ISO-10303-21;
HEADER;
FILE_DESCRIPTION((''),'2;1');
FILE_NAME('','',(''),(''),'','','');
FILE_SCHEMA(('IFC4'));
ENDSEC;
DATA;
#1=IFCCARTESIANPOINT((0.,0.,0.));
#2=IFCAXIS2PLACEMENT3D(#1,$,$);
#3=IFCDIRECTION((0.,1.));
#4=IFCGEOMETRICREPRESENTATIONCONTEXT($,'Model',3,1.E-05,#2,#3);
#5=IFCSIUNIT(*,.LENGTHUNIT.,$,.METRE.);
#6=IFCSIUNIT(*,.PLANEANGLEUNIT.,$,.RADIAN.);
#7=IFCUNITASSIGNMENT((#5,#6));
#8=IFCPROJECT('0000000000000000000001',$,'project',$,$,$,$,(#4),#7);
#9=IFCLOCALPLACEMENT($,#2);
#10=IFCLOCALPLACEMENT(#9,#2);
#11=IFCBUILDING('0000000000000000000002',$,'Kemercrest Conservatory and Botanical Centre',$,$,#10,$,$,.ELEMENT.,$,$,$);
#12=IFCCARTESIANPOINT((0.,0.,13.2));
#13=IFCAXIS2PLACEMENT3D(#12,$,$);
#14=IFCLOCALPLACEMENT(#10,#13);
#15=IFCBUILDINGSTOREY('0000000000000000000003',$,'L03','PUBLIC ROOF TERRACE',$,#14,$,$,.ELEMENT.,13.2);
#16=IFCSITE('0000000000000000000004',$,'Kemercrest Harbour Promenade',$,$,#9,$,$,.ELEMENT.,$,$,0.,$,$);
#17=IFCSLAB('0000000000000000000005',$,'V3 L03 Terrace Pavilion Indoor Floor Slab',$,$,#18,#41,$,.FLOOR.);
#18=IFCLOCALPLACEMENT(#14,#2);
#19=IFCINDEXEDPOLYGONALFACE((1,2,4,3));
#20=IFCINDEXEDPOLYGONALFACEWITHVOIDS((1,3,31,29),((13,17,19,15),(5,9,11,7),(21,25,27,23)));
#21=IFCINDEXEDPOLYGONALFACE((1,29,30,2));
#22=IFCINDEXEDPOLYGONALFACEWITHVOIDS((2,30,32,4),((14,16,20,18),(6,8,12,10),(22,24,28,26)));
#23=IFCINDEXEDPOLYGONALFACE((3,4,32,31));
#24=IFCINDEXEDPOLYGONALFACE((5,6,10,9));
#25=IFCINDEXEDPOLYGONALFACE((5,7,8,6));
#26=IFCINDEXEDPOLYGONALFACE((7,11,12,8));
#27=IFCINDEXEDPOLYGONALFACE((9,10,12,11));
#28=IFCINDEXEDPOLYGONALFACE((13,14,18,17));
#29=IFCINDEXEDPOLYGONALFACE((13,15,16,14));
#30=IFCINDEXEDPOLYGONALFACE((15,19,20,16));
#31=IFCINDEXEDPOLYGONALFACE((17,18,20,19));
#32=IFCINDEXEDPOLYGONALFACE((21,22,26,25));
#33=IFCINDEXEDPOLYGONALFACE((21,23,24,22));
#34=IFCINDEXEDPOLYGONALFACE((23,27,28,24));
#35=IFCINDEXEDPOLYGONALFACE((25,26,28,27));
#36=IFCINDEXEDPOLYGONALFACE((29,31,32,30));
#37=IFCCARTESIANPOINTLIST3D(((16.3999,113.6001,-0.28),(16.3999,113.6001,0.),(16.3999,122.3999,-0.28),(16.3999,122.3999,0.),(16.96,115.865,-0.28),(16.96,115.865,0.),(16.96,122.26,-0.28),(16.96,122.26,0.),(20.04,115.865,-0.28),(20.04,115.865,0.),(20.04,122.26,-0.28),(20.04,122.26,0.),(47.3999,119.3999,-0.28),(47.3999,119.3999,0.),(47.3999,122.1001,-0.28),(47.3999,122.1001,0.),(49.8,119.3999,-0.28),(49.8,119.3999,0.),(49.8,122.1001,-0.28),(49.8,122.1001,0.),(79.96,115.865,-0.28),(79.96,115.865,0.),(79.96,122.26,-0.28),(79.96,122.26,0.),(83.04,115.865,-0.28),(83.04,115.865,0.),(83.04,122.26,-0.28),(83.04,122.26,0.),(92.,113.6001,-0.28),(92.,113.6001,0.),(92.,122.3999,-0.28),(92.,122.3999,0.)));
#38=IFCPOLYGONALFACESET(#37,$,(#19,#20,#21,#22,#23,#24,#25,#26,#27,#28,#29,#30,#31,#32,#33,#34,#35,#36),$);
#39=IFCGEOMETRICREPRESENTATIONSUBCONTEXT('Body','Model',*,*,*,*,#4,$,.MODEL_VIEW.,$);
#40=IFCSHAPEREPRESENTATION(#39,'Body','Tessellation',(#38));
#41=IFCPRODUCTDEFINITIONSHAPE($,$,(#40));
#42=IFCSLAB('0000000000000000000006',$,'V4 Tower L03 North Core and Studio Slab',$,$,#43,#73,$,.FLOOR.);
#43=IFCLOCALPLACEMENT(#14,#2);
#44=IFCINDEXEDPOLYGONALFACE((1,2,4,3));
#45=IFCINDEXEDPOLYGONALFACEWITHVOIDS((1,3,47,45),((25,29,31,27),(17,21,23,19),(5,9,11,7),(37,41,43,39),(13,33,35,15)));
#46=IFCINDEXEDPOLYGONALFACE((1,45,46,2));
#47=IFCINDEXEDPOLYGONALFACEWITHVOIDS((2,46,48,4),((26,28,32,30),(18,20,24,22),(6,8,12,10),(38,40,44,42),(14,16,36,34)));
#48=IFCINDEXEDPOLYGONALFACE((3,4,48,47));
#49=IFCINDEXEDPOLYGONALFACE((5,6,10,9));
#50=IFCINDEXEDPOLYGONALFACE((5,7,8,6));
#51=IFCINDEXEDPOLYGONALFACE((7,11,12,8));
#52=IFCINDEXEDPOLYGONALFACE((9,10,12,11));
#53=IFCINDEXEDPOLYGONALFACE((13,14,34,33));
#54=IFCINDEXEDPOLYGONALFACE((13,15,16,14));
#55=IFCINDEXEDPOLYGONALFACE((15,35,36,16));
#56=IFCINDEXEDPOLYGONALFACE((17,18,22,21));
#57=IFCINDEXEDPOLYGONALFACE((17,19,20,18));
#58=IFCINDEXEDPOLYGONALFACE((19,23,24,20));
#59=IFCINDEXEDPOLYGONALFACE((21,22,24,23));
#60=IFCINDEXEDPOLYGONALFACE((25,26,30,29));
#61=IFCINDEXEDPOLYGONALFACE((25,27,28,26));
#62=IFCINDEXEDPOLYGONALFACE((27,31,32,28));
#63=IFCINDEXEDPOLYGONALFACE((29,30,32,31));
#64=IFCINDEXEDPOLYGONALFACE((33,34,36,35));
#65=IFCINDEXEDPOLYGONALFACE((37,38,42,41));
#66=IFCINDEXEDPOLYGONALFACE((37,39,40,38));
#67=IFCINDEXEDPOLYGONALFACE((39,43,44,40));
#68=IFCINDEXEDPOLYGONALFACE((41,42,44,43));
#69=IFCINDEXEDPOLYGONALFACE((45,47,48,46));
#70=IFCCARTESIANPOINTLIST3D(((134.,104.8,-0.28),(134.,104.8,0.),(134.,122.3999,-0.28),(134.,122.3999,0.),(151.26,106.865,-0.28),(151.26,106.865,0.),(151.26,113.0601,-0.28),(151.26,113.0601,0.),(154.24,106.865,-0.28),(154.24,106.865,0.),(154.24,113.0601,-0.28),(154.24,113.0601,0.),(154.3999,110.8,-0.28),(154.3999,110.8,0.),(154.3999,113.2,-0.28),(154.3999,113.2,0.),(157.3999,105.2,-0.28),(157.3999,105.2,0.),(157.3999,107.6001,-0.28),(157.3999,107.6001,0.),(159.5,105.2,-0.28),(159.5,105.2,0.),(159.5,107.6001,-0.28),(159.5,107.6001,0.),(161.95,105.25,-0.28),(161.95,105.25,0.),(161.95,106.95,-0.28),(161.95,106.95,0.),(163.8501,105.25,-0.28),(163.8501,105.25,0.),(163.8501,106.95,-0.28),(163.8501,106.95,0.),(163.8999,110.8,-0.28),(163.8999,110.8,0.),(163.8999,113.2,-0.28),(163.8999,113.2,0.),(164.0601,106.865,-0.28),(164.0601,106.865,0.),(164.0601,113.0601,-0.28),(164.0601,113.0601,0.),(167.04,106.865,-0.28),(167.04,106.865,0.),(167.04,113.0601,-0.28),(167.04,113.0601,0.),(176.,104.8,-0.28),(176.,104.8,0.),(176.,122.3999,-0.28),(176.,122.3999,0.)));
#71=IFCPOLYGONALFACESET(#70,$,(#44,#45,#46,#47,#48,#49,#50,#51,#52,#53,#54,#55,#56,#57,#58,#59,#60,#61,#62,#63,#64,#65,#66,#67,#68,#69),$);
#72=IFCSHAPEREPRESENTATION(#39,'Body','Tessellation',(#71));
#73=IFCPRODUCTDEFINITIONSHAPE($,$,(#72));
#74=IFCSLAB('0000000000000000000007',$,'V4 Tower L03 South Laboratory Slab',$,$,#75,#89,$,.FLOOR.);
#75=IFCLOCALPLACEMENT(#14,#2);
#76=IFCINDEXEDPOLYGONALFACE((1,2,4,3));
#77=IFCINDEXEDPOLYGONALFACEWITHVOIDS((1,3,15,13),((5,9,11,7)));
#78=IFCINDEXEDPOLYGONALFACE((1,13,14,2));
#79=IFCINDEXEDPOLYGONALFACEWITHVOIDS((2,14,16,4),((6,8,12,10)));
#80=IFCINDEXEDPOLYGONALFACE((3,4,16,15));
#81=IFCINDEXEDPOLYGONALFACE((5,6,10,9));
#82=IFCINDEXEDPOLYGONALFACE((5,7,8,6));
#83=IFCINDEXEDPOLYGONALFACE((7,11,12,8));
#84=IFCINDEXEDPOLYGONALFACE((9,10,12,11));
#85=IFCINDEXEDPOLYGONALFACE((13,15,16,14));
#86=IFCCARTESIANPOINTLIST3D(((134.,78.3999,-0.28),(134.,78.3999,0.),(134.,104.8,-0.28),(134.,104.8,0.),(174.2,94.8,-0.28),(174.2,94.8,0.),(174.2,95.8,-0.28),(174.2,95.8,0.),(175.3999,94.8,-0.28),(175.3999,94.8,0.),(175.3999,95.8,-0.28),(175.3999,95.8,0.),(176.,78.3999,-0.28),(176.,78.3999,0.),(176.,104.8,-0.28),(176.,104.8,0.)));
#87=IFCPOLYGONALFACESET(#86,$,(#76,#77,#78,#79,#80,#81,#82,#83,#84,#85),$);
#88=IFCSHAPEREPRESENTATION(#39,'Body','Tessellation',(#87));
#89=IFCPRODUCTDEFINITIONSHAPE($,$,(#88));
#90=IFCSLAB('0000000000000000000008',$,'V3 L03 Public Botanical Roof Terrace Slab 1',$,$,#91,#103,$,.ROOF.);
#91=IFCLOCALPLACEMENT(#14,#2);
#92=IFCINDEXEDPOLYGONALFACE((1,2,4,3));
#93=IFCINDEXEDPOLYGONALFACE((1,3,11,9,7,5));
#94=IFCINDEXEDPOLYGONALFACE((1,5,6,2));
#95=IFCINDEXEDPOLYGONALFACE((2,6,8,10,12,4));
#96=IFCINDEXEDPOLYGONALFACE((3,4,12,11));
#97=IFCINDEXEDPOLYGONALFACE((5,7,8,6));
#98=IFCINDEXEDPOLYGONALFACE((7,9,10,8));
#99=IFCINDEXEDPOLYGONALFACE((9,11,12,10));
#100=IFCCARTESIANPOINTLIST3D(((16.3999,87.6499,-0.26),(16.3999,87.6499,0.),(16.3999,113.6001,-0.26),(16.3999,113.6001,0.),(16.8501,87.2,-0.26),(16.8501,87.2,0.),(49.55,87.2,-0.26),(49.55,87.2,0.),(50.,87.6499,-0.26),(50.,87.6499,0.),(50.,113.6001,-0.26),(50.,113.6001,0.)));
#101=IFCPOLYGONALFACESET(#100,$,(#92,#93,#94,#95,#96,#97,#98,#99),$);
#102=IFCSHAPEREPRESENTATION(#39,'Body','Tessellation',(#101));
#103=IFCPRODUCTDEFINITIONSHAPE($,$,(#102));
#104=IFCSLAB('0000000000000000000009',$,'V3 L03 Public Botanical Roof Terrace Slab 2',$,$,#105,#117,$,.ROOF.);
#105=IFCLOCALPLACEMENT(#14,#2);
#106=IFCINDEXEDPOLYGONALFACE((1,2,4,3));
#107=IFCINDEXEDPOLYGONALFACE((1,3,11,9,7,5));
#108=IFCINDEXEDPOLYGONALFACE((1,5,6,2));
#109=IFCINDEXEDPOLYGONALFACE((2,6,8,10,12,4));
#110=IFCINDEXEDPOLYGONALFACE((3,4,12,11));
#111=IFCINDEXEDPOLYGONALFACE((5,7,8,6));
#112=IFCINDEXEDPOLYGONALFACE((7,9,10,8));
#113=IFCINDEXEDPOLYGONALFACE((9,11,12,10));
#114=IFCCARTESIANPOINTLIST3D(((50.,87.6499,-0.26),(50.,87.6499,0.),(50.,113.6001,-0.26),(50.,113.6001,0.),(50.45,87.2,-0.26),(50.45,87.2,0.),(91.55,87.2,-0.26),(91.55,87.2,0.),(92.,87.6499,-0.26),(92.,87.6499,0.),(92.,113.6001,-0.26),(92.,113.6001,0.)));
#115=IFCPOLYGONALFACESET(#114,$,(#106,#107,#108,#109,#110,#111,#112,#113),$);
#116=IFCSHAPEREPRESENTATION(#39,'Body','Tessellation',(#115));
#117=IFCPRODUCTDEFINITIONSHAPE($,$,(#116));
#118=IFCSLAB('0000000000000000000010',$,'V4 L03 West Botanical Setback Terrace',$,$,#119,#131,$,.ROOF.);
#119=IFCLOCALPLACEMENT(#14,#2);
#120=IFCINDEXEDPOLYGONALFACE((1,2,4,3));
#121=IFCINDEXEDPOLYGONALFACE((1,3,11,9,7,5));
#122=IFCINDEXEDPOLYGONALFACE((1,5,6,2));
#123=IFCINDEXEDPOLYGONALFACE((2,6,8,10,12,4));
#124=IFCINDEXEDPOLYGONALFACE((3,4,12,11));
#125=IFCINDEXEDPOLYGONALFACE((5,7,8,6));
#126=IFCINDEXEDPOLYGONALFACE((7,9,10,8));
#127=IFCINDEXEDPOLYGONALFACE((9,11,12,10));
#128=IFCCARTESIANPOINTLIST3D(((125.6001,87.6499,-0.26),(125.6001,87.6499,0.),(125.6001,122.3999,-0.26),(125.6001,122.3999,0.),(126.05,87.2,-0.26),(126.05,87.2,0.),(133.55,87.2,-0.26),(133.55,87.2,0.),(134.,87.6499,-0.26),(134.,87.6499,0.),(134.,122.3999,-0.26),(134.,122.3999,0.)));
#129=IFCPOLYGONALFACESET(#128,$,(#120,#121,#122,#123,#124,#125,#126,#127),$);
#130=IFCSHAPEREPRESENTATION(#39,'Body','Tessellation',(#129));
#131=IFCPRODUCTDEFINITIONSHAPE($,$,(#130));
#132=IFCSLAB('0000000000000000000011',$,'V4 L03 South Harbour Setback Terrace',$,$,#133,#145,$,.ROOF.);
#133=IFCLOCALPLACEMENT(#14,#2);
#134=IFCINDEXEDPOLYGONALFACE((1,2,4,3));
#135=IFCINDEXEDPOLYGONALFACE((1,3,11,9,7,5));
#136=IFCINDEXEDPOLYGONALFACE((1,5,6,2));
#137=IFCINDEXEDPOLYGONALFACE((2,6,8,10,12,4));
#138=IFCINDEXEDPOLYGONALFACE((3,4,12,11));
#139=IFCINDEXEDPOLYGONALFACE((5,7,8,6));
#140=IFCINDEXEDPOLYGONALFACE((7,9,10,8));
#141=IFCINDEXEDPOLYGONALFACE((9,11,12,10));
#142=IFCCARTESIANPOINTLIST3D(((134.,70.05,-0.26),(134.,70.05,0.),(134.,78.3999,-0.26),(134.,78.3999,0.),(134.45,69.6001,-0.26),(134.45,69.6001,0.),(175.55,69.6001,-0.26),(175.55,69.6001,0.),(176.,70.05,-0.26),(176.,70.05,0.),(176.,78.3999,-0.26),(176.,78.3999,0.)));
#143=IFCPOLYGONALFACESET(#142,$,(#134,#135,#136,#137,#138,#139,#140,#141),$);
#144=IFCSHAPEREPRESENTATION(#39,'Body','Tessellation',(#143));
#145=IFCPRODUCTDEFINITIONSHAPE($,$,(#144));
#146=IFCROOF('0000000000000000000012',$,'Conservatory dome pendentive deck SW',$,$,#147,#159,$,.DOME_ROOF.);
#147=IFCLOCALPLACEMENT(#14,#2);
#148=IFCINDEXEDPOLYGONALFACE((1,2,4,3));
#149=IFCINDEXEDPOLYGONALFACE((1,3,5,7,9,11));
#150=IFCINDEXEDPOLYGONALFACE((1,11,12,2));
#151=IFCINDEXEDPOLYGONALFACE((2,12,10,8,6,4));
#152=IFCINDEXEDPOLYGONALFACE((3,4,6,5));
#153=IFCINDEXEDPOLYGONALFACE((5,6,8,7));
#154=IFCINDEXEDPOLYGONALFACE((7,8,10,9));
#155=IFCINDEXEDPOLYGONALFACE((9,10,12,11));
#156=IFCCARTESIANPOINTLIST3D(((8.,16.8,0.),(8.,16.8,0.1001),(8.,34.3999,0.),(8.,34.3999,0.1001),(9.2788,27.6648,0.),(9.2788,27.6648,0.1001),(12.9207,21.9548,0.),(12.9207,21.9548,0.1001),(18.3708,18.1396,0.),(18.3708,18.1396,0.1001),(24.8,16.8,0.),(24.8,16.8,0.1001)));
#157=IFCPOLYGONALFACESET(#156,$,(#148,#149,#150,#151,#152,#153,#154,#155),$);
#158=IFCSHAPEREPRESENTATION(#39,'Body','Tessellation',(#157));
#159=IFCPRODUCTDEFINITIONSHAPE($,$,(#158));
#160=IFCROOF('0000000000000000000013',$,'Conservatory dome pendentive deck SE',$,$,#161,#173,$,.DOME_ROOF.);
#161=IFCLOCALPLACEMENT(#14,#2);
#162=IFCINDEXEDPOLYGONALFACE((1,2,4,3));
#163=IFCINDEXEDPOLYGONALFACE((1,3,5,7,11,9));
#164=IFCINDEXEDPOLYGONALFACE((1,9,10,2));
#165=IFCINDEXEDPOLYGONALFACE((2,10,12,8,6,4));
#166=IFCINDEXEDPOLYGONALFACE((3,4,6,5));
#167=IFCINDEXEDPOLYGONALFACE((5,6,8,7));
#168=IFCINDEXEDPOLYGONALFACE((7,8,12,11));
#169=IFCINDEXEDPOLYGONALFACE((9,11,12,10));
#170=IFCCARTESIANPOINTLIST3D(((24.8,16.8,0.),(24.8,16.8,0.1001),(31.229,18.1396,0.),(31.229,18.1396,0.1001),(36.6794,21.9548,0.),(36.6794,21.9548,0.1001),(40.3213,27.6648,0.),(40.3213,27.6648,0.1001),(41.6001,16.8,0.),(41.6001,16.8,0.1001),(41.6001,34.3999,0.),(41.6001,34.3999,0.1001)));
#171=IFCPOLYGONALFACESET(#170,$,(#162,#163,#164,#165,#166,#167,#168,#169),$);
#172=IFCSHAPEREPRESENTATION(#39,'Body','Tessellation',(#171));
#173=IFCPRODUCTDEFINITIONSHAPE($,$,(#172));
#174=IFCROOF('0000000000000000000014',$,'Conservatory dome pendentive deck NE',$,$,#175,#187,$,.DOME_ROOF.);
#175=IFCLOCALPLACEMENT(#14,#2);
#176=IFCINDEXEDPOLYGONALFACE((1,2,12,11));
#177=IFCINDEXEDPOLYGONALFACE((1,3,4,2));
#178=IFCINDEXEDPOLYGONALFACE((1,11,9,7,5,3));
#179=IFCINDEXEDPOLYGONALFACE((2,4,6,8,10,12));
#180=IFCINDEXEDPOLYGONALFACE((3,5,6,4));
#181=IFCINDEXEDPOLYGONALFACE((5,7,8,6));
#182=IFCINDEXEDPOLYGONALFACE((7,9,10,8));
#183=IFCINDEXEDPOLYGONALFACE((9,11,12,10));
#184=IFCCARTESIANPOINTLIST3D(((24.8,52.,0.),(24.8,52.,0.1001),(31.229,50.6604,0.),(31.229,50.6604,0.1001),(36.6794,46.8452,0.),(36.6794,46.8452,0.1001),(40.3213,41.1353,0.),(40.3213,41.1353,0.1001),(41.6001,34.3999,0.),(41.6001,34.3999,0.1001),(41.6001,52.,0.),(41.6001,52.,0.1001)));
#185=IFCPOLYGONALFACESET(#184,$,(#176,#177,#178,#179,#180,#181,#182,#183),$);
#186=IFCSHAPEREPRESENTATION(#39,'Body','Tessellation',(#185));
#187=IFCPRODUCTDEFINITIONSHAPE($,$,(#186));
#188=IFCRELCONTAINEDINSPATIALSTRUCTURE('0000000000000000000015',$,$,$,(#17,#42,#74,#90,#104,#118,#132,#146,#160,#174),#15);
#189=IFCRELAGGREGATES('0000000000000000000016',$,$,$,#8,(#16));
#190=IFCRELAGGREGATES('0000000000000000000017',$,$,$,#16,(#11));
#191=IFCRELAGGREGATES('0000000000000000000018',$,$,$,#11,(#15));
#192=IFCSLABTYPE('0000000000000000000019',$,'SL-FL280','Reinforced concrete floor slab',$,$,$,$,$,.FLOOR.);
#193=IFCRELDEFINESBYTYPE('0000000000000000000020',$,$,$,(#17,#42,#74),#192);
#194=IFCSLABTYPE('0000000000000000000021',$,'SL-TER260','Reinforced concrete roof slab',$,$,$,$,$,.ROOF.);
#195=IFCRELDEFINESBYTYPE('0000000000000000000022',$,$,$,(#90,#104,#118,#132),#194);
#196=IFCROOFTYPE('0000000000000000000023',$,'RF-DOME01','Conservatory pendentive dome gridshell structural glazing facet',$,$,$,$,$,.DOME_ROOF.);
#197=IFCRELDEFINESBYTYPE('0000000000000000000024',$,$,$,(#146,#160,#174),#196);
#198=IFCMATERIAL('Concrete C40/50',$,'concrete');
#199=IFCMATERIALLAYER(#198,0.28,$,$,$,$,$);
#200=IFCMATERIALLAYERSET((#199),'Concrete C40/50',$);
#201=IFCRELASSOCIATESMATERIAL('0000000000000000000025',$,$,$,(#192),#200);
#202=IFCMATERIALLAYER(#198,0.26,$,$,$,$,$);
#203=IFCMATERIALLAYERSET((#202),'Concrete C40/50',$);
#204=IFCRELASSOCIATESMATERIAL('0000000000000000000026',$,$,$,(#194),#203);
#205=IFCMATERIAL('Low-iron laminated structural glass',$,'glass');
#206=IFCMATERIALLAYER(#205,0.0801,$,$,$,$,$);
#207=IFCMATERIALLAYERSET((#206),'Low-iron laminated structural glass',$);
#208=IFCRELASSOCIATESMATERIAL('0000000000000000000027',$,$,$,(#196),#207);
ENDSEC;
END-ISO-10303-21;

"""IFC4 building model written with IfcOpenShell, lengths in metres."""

from ifc_helpers import new_model, si_unit, direction, frame, origin, place, context, subcontext, project, spatial, polyline, outline, extrude, material, layer, layer_set, type_object, element, save


model = new_model("IFC4")

# Units and contexts
model_context = context("Model", 3, precision=1e-05, world=origin(), true_north=direction((0.0, 1.0)))
body_context = subcontext(model_context, "Body", "Model", "MODEL_VIEW")
ifc_project = project(units=[si_unit("LENGTHUNIT", "METRE"), si_unit("PLANEANGLEUNIT", "RADIAN")], contexts=[model_context])

# Site, building, storey
site_placement = place(None, origin())
site = spatial("IfcSite", under=ifc_project, at=site_placement, Name="Kemercrest Harbour Promenade", CompositionType="ELEMENT", RefElevation=0.0)
building_placement = place(site_placement, origin())
building = spatial("IfcBuilding", under=site, at=building_placement, Name="Kemercrest Conservatory and Botanical Centre", CompositionType="ELEMENT")
storey_placement = place(building_placement, frame((0.0, 0.0, 13.2)))
storey = spatial("IfcBuildingStorey", under=building, at=storey_placement, Name="L03", Description="PUBLIC ROOF TERRACE", CompositionType="ELEMENT", Elevation=13.2)

# Slabs
ifc_material_1 = material(Name="Concrete C40/50", Category="concrete")
ifc_layer_1 = layer(ifc_material_1, 0.28)
ifc_layer_set_1 = layer_set([ifc_layer_1], Name="Concrete C40/50")
slab_type_1 = type_object("IfcSlabType", Name="SL-FL280", Description="Reinforced concrete floor slab", PredefinedType="FLOOR", material=ifc_layer_set_1)
slab_1_placement = place(storey_placement, frame((0.0, 0.0, -0.28)))
element("IfcSlab", 1, at=slab_1_placement, inside=storey, type_object=slab_type_1, Name="V3 L03 Terrace Pavilion Indoor Floor Slab", PredefinedType="FLOOR", context=body_context, shape_type="SweptSolid", body=[
    extrude(outline(polyline([(16.3999, 122.3999), (16.3999, 113.6001), (92.0, 113.6001), (92.0, 122.3999), (16.3999, 122.3999)]), holes=[polyline([(83.04, 122.26), (83.04, 115.865), (79.96, 115.865), (79.96, 122.26), (83.04, 122.26)]), polyline([(49.8, 119.3999), (47.3999, 119.3999), (47.3999, 122.1001), (49.8, 122.1001), (49.8, 119.3999)]), polyline([(16.96, 115.865), (16.96, 122.26), (20.04, 122.26), (20.04, 115.865), (16.96, 115.865)])]), origin(), (0.0, 0.0, 1.0), 0.28),
])
slab_2_placement = place(storey_placement, frame((0.0, 0.0, -0.28)))
element("IfcSlab", 2, at=slab_2_placement, inside=storey, type_object=slab_type_1, Name="V4 Tower L03 North Core and Studio Slab", PredefinedType="FLOOR", context=body_context, shape_type="SweptSolid", body=[
    extrude(outline(polyline([(134.0, 122.3999), (134.0, 104.8), (176.0, 104.8), (176.0, 122.3999), (134.0, 122.3999)]), holes=[polyline([(164.0601, 106.865), (164.0601, 113.0601), (167.04, 113.0601), (167.04, 106.865), (164.0601, 106.865)]), polyline([(154.3999, 110.8), (154.3999, 113.2), (163.8999, 113.2), (163.8999, 110.8), (154.3999, 110.8)]), polyline([(161.95, 105.25), (161.95, 106.95), (163.8501, 106.95), (163.8501, 105.25), (161.95, 105.25)]), polyline([(157.3999, 105.2), (157.3999, 107.6001), (159.5, 107.6001), (159.5, 105.2), (157.3999, 105.2)]), polyline([(154.24, 106.865), (151.26, 106.865), (151.26, 113.0601), (154.24, 113.0601), (154.24, 106.865)])]), origin(), (0.0, 0.0, 1.0), 0.28),
])
slab_3_placement = place(storey_placement, frame((0.0, 0.0, -0.28)))
element("IfcSlab", 3, at=slab_3_placement, inside=storey, type_object=slab_type_1, Name="V4 Tower L03 South Laboratory Slab", PredefinedType="FLOOR", context=body_context, shape_type="SweptSolid", body=[
    extrude(outline(polyline([(134.0, 104.8), (134.0, 78.3999), (176.0, 78.3999), (176.0, 104.8), (134.0, 104.8)]), holes=[polyline([(175.3999, 94.8), (174.2, 94.8), (174.2, 95.8), (175.3999, 95.8), (175.3999, 94.8)])]), origin(), (0.0, 0.0, 1.0), 0.28),
])
ifc_layer_2 = layer(ifc_material_1, 0.26)
ifc_layer_set_2 = layer_set([ifc_layer_2], Name="Concrete C40/50")
slab_type_2 = type_object("IfcSlabType", Name="SL-TER260", Description="Reinforced concrete roof slab", PredefinedType="ROOF", material=ifc_layer_set_2)
slab_4_placement = place(storey_placement, frame((0.0, 0.0, -0.26)))
element("IfcSlab", 4, at=slab_4_placement, inside=storey, type_object=slab_type_2, Name="V3 L03 Public Botanical Roof Terrace Slab 1", PredefinedType="ROOF", context=body_context, shape_type="SweptSolid", body=[
    extrude(outline(polyline([(16.8501, 87.2), (49.55, 87.2), (50.0, 87.6499), (50.0, 113.6001), (16.3999, 113.6001), (16.3999, 87.6499), (16.8501, 87.2)])), origin(), (0.0, 0.0, 1.0), 0.26),
])
slab_5_placement = place(storey_placement, frame((0.0, 0.0, -0.26)))
element("IfcSlab", 5, at=slab_5_placement, inside=storey, type_object=slab_type_2, Name="V3 L03 Public Botanical Roof Terrace Slab 2", PredefinedType="ROOF", context=body_context, shape_type="SweptSolid", body=[
    extrude(outline(polyline([(50.45, 87.2), (91.55, 87.2), (92.0, 87.6499), (92.0, 113.6001), (50.0, 113.6001), (50.0, 87.6499), (50.45, 87.2)])), origin(), (0.0, 0.0, 1.0), 0.26),
])
slab_6_placement = place(storey_placement, frame((0.0, 0.0, -0.26)))
element("IfcSlab", 6, at=slab_6_placement, inside=storey, type_object=slab_type_2, Name="V4 L03 West Botanical Setback Terrace", PredefinedType="ROOF", context=body_context, shape_type="SweptSolid", body=[
    extrude(outline(polyline([(126.05, 87.2), (133.55, 87.2), (134.0, 87.6499), (134.0, 122.3999), (125.6001, 122.3999), (125.6001, 87.6499), (126.05, 87.2)])), origin(), (0.0, 0.0, 1.0), 0.26),
])
slab_7_placement = place(storey_placement, frame((0.0, 0.0, -0.26)))
element("IfcSlab", 7, at=slab_7_placement, inside=storey, type_object=slab_type_2, Name="V4 L03 South Harbour Setback Terrace", PredefinedType="ROOF", context=body_context, shape_type="SweptSolid", body=[
    extrude(outline(polyline([(134.45, 69.6001), (175.55, 69.6001), (176.0, 70.05), (176.0, 78.3999), (134.0, 78.3999), (134.0, 70.05), (134.45, 69.6001)])), origin(), (0.0, 0.0, 1.0), 0.26),
])

# Roofs
ifc_material_2 = material(Name="Low-iron laminated structural glass", Category="glass")
ifc_layer_3 = layer(ifc_material_2, 0.0801)
ifc_layer_set_3 = layer_set([ifc_layer_3], Name="Low-iron laminated structural glass")
roof_type = type_object("IfcRoofType", Name="RF-DOME01", Description="Conservatory pendentive dome gridshell structural glazing facet", PredefinedType="DOME_ROOF", material=ifc_layer_set_3)
roof_1_placement = place(storey_placement, origin())
element("IfcRoof", 8, at=roof_1_placement, inside=storey, type_object=roof_type, Name="Conservatory dome pendentive deck SW", PredefinedType="DOME_ROOF", context=body_context, shape_type="SweptSolid", body=[
    extrude(outline(polyline([(8.0, 16.8), (8.0, 34.3999), (9.2788, 27.6648), (12.9207, 21.9548), (18.3708, 18.1396), (24.8, 16.8), (8.0, 16.8)])), origin(), (0.0, 0.0, 1.0), 0.1001),
])
roof_2_placement = place(storey_placement, origin())
element("IfcRoof", 9, at=roof_2_placement, inside=storey, type_object=roof_type, Name="Conservatory dome pendentive deck SE", PredefinedType="DOME_ROOF", context=body_context, shape_type="SweptSolid", body=[
    extrude(outline(polyline([(41.6001, 16.8), (24.8, 16.8), (31.229, 18.1396), (36.6794, 21.9548), (40.3213, 27.6648), (41.6001, 34.3999), (41.6001, 16.8)])), origin(), (0.0, 0.0, 1.0), 0.1001),
])
roof_3_placement = place(storey_placement, origin())
element("IfcRoof", 10, at=roof_3_placement, inside=storey, type_object=roof_type, Name="Conservatory dome pendentive deck NE", PredefinedType="DOME_ROOF", context=body_context, shape_type="SweptSolid", body=[
    extrude(outline(polyline([(41.6001, 52.0), (41.6001, 34.3999), (40.3213, 41.1353), (36.6794, 46.8452), (31.229, 50.6604), (24.8, 52.0), (41.6001, 52.0)])), origin(), (0.0, 0.0, 1.0), 0.1001),
])

save(model, "model.ifc")
